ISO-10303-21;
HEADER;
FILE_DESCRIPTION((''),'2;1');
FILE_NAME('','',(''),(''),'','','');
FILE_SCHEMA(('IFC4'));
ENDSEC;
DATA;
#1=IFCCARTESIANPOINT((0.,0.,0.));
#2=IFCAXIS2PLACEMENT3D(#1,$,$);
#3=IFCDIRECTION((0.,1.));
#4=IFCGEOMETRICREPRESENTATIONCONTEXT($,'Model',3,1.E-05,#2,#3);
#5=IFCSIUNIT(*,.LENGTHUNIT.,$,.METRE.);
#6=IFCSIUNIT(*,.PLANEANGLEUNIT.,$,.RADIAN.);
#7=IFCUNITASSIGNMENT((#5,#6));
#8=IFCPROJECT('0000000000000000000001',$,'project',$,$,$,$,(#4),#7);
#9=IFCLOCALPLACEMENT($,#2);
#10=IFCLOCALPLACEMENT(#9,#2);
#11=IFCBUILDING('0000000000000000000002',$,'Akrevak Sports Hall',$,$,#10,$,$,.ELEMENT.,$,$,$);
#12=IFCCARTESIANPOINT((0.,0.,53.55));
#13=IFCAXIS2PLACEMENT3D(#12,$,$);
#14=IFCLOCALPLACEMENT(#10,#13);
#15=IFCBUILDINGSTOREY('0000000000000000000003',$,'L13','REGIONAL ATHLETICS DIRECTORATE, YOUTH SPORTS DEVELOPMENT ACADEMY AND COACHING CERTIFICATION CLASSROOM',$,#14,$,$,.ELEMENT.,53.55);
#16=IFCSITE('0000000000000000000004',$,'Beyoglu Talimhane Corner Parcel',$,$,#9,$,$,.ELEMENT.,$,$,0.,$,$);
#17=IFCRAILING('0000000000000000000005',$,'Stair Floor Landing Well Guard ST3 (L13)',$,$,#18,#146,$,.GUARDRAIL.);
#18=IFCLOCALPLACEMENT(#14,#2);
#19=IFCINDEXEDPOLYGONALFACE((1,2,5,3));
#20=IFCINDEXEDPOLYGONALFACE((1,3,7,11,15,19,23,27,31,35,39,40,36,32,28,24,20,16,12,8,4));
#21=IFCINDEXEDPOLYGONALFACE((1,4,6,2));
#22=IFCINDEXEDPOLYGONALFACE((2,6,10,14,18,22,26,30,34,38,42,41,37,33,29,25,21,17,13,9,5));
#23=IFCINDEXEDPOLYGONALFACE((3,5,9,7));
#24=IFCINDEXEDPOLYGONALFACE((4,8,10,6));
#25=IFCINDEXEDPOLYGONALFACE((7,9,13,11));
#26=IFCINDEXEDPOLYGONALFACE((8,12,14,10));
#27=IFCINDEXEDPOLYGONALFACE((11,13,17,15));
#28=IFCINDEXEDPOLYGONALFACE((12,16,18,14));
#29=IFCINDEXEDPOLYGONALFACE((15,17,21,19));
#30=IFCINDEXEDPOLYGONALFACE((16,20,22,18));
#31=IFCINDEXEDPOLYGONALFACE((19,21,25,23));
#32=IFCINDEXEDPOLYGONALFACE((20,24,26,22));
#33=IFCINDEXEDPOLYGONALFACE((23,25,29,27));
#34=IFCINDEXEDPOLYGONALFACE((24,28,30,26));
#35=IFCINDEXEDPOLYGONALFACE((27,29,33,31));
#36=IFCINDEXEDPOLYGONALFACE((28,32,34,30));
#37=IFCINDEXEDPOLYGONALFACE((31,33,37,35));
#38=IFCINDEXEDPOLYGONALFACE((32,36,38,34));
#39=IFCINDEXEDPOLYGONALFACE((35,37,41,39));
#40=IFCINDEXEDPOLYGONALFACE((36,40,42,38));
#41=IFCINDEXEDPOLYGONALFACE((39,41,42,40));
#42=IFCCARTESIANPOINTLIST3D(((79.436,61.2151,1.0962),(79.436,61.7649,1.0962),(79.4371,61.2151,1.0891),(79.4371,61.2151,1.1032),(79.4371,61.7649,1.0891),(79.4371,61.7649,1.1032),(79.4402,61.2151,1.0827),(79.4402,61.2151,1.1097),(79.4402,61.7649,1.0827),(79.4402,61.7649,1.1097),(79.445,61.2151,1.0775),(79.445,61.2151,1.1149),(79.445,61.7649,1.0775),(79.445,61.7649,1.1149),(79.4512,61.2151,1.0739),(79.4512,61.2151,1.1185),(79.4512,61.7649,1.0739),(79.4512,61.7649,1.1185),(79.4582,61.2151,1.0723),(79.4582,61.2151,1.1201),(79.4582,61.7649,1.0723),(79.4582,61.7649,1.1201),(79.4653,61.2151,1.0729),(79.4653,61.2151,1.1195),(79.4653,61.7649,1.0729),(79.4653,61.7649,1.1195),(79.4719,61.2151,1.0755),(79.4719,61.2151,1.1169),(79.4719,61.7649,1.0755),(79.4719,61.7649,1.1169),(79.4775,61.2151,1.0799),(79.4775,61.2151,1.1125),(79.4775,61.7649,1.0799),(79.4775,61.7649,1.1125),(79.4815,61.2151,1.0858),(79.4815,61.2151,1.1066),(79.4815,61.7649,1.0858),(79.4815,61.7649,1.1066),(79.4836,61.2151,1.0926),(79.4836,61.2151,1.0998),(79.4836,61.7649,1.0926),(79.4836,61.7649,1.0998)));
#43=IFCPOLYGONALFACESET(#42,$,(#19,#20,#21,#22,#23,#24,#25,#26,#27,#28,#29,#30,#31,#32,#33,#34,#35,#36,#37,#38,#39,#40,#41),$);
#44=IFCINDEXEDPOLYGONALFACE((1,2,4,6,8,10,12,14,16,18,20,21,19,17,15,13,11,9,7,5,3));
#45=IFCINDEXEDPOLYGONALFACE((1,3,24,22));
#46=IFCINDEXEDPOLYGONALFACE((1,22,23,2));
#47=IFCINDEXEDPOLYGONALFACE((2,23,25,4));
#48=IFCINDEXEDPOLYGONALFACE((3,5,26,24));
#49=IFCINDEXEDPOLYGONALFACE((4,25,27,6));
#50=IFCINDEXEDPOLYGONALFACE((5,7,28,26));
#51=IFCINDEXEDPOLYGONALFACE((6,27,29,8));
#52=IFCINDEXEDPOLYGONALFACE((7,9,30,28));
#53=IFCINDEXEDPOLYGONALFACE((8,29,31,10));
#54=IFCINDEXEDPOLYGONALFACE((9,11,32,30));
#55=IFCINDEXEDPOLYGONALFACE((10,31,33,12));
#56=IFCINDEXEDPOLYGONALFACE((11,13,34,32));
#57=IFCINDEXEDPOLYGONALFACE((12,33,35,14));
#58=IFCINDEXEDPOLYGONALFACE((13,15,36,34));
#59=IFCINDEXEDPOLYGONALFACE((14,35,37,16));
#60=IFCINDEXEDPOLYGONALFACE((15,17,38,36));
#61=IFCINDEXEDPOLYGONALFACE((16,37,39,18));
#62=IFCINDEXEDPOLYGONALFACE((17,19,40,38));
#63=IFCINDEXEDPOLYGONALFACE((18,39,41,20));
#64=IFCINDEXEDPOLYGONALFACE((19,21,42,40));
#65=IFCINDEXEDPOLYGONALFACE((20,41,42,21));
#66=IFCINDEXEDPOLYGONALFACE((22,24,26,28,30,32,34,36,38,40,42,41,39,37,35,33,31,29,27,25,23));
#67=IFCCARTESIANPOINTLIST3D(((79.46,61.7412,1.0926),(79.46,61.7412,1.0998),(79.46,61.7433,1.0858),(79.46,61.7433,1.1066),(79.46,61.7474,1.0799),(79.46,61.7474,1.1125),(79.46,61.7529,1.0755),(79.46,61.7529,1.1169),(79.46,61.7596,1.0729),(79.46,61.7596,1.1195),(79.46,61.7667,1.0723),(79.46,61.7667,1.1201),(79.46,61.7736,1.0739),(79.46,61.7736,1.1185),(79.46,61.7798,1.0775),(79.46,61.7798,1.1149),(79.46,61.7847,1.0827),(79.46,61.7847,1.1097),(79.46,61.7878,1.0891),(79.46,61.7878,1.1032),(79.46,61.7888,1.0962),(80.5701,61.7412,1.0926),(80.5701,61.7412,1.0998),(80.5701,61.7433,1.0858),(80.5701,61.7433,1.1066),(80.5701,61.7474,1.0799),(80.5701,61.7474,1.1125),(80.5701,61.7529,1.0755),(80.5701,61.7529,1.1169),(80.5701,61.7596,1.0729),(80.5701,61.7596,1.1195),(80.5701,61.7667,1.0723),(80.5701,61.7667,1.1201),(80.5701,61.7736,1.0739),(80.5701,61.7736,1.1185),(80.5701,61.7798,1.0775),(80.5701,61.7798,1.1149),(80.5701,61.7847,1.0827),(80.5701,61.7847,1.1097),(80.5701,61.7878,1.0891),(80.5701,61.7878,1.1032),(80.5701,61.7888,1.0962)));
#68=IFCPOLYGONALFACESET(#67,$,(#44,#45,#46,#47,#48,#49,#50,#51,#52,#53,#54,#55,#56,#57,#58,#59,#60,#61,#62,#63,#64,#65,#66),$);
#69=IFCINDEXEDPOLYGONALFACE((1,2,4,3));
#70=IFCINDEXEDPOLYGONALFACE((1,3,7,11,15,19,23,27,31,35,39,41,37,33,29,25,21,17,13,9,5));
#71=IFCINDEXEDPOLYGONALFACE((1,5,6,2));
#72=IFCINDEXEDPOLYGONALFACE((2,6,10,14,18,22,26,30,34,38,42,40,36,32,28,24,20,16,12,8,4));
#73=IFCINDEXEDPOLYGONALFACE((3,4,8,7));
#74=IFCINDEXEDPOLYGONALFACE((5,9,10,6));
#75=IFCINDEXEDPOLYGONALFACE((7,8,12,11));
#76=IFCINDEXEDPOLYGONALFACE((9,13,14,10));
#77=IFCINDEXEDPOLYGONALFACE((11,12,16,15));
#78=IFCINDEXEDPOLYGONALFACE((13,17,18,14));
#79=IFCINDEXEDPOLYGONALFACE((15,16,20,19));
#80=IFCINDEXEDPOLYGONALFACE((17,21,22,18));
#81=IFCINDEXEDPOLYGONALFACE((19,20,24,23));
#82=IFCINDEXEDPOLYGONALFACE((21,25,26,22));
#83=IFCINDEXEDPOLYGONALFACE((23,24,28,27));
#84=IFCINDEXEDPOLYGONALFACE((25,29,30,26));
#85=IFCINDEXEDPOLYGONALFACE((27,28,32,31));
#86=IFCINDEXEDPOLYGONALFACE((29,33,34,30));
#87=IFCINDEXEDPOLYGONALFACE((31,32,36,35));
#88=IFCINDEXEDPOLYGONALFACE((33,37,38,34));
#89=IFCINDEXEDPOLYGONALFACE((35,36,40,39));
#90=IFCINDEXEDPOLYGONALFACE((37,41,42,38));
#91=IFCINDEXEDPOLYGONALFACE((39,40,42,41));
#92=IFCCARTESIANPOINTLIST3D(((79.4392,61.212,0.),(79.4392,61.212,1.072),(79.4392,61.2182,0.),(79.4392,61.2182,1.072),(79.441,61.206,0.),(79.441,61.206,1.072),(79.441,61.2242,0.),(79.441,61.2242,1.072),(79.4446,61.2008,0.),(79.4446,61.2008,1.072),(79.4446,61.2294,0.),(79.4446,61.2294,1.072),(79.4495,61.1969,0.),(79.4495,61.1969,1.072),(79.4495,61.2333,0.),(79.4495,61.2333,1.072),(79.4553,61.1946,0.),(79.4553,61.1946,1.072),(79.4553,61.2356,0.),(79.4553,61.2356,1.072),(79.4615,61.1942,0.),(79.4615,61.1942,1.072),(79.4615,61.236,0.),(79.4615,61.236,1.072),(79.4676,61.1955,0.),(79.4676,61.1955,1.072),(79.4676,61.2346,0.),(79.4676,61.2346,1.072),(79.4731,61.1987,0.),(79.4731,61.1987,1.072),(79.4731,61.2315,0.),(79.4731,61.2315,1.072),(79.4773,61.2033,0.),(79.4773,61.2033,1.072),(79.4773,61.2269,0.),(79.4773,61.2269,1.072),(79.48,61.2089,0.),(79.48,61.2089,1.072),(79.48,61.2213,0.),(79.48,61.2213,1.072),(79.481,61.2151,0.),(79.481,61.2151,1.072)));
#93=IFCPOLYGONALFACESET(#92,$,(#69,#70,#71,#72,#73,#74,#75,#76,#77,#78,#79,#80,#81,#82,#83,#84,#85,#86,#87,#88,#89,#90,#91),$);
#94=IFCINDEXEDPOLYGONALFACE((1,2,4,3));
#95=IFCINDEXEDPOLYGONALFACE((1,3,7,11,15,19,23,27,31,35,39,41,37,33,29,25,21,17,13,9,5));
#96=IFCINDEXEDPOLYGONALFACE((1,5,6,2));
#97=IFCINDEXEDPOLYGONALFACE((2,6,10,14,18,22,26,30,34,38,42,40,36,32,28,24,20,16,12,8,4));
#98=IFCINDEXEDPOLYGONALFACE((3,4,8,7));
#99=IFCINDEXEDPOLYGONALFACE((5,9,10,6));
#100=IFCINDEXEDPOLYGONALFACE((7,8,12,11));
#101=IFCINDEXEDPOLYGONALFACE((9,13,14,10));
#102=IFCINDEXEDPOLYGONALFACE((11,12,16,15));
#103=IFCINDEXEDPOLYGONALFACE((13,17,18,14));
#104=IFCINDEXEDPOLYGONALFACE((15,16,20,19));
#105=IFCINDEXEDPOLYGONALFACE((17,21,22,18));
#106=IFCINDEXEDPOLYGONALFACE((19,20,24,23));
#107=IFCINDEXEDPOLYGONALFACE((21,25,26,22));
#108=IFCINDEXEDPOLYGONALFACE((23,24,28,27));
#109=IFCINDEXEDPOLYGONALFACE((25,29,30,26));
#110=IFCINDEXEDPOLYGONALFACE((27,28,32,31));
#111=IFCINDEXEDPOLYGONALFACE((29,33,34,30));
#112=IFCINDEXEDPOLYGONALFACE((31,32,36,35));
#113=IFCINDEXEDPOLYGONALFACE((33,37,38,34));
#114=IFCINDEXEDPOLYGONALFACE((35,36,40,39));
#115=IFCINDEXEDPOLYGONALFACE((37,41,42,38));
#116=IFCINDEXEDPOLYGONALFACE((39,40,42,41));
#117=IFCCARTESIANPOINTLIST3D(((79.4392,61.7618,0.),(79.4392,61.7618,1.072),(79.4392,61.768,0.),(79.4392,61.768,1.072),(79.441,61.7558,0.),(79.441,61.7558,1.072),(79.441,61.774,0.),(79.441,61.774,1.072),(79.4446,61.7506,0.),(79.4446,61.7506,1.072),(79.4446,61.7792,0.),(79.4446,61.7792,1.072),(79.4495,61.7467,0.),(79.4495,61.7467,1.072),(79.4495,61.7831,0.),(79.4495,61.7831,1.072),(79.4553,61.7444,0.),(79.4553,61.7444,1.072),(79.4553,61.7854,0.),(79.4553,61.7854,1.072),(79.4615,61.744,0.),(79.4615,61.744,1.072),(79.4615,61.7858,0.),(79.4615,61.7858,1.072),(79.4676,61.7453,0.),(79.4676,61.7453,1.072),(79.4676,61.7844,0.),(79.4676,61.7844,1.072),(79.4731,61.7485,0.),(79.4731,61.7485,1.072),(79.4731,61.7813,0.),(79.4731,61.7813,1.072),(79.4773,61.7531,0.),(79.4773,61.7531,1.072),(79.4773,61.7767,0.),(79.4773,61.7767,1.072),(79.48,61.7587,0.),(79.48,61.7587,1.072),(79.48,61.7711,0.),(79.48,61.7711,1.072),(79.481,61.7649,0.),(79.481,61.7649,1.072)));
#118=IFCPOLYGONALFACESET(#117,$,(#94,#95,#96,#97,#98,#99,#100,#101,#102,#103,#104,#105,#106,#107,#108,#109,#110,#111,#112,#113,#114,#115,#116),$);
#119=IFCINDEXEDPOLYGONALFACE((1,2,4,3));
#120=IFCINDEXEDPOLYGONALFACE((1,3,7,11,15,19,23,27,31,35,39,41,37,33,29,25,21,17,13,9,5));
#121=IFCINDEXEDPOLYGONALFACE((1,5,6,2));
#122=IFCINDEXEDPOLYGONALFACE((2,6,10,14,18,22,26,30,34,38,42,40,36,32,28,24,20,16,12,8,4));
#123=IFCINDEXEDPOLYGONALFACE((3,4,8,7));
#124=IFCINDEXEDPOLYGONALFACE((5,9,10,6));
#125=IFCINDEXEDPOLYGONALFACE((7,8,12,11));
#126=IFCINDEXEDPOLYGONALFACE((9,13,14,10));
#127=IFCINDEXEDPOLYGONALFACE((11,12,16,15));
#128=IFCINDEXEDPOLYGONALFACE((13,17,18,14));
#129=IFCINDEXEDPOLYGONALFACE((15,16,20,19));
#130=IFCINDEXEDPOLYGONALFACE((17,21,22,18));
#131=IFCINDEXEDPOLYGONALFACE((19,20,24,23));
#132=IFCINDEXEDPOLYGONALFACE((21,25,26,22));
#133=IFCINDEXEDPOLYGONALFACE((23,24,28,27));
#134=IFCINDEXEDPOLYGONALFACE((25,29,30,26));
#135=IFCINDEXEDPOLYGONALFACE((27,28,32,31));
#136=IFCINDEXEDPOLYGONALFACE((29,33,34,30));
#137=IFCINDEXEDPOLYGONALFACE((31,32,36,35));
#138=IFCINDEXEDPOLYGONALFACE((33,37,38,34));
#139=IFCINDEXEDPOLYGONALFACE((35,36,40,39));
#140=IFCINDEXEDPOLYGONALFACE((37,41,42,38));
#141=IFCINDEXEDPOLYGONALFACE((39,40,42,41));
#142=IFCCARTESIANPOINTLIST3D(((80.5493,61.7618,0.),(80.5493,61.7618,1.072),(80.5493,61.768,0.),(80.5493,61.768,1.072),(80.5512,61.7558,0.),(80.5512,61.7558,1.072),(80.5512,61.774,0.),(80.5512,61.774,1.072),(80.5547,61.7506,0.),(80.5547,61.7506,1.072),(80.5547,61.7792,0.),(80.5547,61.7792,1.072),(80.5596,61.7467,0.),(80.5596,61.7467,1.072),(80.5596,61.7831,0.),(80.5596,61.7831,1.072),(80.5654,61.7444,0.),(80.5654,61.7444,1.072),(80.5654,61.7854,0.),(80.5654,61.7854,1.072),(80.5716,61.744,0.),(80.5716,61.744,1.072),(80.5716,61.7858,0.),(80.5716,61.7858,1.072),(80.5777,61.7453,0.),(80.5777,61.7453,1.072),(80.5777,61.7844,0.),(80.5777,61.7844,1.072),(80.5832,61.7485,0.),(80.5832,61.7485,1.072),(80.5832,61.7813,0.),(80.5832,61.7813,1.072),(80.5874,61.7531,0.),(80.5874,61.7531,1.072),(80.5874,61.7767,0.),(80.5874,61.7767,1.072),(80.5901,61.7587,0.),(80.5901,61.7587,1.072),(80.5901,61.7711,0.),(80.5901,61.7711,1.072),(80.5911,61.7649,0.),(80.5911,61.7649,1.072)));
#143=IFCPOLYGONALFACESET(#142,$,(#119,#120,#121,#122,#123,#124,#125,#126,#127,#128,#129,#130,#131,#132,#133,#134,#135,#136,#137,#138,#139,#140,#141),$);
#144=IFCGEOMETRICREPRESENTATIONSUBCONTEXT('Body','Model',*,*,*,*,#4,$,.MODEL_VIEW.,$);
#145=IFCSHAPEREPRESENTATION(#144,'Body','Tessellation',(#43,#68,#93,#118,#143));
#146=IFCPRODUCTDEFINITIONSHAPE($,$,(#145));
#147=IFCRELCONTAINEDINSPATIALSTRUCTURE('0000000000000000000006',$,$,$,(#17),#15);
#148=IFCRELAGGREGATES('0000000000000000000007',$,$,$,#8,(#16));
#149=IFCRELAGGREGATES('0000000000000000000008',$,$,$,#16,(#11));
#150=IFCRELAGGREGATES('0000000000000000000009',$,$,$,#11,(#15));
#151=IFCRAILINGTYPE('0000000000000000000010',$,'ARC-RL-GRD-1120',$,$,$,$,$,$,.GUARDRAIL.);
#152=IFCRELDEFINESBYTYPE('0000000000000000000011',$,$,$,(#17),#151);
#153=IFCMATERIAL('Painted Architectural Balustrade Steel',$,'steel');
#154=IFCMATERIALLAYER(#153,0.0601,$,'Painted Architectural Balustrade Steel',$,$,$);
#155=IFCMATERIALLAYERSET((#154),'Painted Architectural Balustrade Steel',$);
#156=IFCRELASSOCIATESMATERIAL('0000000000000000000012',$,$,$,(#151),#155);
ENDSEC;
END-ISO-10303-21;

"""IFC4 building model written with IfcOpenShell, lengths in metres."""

from ifc_helpers import new_model, si_unit, direction, frame, origin, origin_2d, place, context, subcontext, project, spatial, circle, extrude, material, layer, layer_set, type_object, element, save


model = new_model("IFC4")

# Units and contexts
model_context = context("Model", 3, precision=1e-05, world=origin(), true_north=direction((0.0, 1.0)))
body_context = subcontext(model_context, "Body", "Model", "MODEL_VIEW")
ifc_project = project(units=[si_unit("LENGTHUNIT", "METRE"), si_unit("PLANEANGLEUNIT", "RADIAN")], contexts=[model_context])

# Site, building, storey
site_placement = place(None, origin())
site = spatial("IfcSite", under=ifc_project, at=site_placement, Name="Beyoglu Talimhane Corner Parcel", CompositionType="ELEMENT", RefElevation=0.0)
building_placement = place(site_placement, origin())
building = spatial("IfcBuilding", under=site, at=building_placement, Name="Akrevak Sports Hall", CompositionType="ELEMENT")
storey_placement = place(building_placement, frame((0.0, 0.0, 53.55)))
storey = spatial("IfcBuildingStorey", under=building, at=storey_placement, Name="L13", Description="REGIONAL ATHLETICS DIRECTORATE, YOUTH SPORTS DEVELOPMENT ACADEMY AND COACHING CERTIFICATION CLASSROOM", CompositionType="ELEMENT", Elevation=53.55)

# Railing
ifc_material_1 = material(Name="Painted Architectural Balustrade Steel", Category="steel")
ifc_layer_1 = layer(ifc_material_1, 0.0601, Name="Painted Architectural Balustrade Steel")
ifc_layer_set_1 = layer_set([ifc_layer_1], Name="Painted Architectural Balustrade Steel")
railing_type_1 = type_object("IfcRailingType", Name="ARC-RL-GRD-1120", PredefinedType="GUARDRAIL", material=ifc_layer_set_1)
railing_1_placement = place(storey_placement, frame((79.46, 61.2151, 0.0)))
element("IfcRailing", 1, at=railing_1_placement, inside=storey, type_object=railing_type_1, Name="Stair Floor Landing Well Guard ST3 (L13)", PredefinedType="GUARDRAIL", context=body_context, shape_type="SweptSolid", body=[
    extrude(circle(Radius=0.0239, at=origin_2d()), frame((0.0, 0.0, 1.0962), z_axis=(0.0, 1.0, 0.0), x_axis=(-1.0, 0.0, 0.0)), (0.0, 0.0, 1.0), 0.5498),
    extrude(circle(Radius=0.0239, at=origin_2d()), frame((0.0, 0.5498, 1.0962), z_axis=(1.0, 0.0, 0.0), x_axis=(0.0, 1.0, 0.0)), (0.0, 0.0, 1.0), 1.1101),
    extrude(circle(Radius=0.021, at=origin_2d()), origin(), (0.0, 0.0, 1.0), 1.072),
    extrude(circle(Radius=0.021, at=origin_2d()), frame((0.0, 0.5498, 0.0)), (0.0, 0.0, 1.0), 1.072),
    extrude(circle(Radius=0.021, at=origin_2d()), frame((1.1101, 0.5498, 0.0)), (0.0, 0.0, 1.0), 1.072),
])

save(model, "model.ifc")
